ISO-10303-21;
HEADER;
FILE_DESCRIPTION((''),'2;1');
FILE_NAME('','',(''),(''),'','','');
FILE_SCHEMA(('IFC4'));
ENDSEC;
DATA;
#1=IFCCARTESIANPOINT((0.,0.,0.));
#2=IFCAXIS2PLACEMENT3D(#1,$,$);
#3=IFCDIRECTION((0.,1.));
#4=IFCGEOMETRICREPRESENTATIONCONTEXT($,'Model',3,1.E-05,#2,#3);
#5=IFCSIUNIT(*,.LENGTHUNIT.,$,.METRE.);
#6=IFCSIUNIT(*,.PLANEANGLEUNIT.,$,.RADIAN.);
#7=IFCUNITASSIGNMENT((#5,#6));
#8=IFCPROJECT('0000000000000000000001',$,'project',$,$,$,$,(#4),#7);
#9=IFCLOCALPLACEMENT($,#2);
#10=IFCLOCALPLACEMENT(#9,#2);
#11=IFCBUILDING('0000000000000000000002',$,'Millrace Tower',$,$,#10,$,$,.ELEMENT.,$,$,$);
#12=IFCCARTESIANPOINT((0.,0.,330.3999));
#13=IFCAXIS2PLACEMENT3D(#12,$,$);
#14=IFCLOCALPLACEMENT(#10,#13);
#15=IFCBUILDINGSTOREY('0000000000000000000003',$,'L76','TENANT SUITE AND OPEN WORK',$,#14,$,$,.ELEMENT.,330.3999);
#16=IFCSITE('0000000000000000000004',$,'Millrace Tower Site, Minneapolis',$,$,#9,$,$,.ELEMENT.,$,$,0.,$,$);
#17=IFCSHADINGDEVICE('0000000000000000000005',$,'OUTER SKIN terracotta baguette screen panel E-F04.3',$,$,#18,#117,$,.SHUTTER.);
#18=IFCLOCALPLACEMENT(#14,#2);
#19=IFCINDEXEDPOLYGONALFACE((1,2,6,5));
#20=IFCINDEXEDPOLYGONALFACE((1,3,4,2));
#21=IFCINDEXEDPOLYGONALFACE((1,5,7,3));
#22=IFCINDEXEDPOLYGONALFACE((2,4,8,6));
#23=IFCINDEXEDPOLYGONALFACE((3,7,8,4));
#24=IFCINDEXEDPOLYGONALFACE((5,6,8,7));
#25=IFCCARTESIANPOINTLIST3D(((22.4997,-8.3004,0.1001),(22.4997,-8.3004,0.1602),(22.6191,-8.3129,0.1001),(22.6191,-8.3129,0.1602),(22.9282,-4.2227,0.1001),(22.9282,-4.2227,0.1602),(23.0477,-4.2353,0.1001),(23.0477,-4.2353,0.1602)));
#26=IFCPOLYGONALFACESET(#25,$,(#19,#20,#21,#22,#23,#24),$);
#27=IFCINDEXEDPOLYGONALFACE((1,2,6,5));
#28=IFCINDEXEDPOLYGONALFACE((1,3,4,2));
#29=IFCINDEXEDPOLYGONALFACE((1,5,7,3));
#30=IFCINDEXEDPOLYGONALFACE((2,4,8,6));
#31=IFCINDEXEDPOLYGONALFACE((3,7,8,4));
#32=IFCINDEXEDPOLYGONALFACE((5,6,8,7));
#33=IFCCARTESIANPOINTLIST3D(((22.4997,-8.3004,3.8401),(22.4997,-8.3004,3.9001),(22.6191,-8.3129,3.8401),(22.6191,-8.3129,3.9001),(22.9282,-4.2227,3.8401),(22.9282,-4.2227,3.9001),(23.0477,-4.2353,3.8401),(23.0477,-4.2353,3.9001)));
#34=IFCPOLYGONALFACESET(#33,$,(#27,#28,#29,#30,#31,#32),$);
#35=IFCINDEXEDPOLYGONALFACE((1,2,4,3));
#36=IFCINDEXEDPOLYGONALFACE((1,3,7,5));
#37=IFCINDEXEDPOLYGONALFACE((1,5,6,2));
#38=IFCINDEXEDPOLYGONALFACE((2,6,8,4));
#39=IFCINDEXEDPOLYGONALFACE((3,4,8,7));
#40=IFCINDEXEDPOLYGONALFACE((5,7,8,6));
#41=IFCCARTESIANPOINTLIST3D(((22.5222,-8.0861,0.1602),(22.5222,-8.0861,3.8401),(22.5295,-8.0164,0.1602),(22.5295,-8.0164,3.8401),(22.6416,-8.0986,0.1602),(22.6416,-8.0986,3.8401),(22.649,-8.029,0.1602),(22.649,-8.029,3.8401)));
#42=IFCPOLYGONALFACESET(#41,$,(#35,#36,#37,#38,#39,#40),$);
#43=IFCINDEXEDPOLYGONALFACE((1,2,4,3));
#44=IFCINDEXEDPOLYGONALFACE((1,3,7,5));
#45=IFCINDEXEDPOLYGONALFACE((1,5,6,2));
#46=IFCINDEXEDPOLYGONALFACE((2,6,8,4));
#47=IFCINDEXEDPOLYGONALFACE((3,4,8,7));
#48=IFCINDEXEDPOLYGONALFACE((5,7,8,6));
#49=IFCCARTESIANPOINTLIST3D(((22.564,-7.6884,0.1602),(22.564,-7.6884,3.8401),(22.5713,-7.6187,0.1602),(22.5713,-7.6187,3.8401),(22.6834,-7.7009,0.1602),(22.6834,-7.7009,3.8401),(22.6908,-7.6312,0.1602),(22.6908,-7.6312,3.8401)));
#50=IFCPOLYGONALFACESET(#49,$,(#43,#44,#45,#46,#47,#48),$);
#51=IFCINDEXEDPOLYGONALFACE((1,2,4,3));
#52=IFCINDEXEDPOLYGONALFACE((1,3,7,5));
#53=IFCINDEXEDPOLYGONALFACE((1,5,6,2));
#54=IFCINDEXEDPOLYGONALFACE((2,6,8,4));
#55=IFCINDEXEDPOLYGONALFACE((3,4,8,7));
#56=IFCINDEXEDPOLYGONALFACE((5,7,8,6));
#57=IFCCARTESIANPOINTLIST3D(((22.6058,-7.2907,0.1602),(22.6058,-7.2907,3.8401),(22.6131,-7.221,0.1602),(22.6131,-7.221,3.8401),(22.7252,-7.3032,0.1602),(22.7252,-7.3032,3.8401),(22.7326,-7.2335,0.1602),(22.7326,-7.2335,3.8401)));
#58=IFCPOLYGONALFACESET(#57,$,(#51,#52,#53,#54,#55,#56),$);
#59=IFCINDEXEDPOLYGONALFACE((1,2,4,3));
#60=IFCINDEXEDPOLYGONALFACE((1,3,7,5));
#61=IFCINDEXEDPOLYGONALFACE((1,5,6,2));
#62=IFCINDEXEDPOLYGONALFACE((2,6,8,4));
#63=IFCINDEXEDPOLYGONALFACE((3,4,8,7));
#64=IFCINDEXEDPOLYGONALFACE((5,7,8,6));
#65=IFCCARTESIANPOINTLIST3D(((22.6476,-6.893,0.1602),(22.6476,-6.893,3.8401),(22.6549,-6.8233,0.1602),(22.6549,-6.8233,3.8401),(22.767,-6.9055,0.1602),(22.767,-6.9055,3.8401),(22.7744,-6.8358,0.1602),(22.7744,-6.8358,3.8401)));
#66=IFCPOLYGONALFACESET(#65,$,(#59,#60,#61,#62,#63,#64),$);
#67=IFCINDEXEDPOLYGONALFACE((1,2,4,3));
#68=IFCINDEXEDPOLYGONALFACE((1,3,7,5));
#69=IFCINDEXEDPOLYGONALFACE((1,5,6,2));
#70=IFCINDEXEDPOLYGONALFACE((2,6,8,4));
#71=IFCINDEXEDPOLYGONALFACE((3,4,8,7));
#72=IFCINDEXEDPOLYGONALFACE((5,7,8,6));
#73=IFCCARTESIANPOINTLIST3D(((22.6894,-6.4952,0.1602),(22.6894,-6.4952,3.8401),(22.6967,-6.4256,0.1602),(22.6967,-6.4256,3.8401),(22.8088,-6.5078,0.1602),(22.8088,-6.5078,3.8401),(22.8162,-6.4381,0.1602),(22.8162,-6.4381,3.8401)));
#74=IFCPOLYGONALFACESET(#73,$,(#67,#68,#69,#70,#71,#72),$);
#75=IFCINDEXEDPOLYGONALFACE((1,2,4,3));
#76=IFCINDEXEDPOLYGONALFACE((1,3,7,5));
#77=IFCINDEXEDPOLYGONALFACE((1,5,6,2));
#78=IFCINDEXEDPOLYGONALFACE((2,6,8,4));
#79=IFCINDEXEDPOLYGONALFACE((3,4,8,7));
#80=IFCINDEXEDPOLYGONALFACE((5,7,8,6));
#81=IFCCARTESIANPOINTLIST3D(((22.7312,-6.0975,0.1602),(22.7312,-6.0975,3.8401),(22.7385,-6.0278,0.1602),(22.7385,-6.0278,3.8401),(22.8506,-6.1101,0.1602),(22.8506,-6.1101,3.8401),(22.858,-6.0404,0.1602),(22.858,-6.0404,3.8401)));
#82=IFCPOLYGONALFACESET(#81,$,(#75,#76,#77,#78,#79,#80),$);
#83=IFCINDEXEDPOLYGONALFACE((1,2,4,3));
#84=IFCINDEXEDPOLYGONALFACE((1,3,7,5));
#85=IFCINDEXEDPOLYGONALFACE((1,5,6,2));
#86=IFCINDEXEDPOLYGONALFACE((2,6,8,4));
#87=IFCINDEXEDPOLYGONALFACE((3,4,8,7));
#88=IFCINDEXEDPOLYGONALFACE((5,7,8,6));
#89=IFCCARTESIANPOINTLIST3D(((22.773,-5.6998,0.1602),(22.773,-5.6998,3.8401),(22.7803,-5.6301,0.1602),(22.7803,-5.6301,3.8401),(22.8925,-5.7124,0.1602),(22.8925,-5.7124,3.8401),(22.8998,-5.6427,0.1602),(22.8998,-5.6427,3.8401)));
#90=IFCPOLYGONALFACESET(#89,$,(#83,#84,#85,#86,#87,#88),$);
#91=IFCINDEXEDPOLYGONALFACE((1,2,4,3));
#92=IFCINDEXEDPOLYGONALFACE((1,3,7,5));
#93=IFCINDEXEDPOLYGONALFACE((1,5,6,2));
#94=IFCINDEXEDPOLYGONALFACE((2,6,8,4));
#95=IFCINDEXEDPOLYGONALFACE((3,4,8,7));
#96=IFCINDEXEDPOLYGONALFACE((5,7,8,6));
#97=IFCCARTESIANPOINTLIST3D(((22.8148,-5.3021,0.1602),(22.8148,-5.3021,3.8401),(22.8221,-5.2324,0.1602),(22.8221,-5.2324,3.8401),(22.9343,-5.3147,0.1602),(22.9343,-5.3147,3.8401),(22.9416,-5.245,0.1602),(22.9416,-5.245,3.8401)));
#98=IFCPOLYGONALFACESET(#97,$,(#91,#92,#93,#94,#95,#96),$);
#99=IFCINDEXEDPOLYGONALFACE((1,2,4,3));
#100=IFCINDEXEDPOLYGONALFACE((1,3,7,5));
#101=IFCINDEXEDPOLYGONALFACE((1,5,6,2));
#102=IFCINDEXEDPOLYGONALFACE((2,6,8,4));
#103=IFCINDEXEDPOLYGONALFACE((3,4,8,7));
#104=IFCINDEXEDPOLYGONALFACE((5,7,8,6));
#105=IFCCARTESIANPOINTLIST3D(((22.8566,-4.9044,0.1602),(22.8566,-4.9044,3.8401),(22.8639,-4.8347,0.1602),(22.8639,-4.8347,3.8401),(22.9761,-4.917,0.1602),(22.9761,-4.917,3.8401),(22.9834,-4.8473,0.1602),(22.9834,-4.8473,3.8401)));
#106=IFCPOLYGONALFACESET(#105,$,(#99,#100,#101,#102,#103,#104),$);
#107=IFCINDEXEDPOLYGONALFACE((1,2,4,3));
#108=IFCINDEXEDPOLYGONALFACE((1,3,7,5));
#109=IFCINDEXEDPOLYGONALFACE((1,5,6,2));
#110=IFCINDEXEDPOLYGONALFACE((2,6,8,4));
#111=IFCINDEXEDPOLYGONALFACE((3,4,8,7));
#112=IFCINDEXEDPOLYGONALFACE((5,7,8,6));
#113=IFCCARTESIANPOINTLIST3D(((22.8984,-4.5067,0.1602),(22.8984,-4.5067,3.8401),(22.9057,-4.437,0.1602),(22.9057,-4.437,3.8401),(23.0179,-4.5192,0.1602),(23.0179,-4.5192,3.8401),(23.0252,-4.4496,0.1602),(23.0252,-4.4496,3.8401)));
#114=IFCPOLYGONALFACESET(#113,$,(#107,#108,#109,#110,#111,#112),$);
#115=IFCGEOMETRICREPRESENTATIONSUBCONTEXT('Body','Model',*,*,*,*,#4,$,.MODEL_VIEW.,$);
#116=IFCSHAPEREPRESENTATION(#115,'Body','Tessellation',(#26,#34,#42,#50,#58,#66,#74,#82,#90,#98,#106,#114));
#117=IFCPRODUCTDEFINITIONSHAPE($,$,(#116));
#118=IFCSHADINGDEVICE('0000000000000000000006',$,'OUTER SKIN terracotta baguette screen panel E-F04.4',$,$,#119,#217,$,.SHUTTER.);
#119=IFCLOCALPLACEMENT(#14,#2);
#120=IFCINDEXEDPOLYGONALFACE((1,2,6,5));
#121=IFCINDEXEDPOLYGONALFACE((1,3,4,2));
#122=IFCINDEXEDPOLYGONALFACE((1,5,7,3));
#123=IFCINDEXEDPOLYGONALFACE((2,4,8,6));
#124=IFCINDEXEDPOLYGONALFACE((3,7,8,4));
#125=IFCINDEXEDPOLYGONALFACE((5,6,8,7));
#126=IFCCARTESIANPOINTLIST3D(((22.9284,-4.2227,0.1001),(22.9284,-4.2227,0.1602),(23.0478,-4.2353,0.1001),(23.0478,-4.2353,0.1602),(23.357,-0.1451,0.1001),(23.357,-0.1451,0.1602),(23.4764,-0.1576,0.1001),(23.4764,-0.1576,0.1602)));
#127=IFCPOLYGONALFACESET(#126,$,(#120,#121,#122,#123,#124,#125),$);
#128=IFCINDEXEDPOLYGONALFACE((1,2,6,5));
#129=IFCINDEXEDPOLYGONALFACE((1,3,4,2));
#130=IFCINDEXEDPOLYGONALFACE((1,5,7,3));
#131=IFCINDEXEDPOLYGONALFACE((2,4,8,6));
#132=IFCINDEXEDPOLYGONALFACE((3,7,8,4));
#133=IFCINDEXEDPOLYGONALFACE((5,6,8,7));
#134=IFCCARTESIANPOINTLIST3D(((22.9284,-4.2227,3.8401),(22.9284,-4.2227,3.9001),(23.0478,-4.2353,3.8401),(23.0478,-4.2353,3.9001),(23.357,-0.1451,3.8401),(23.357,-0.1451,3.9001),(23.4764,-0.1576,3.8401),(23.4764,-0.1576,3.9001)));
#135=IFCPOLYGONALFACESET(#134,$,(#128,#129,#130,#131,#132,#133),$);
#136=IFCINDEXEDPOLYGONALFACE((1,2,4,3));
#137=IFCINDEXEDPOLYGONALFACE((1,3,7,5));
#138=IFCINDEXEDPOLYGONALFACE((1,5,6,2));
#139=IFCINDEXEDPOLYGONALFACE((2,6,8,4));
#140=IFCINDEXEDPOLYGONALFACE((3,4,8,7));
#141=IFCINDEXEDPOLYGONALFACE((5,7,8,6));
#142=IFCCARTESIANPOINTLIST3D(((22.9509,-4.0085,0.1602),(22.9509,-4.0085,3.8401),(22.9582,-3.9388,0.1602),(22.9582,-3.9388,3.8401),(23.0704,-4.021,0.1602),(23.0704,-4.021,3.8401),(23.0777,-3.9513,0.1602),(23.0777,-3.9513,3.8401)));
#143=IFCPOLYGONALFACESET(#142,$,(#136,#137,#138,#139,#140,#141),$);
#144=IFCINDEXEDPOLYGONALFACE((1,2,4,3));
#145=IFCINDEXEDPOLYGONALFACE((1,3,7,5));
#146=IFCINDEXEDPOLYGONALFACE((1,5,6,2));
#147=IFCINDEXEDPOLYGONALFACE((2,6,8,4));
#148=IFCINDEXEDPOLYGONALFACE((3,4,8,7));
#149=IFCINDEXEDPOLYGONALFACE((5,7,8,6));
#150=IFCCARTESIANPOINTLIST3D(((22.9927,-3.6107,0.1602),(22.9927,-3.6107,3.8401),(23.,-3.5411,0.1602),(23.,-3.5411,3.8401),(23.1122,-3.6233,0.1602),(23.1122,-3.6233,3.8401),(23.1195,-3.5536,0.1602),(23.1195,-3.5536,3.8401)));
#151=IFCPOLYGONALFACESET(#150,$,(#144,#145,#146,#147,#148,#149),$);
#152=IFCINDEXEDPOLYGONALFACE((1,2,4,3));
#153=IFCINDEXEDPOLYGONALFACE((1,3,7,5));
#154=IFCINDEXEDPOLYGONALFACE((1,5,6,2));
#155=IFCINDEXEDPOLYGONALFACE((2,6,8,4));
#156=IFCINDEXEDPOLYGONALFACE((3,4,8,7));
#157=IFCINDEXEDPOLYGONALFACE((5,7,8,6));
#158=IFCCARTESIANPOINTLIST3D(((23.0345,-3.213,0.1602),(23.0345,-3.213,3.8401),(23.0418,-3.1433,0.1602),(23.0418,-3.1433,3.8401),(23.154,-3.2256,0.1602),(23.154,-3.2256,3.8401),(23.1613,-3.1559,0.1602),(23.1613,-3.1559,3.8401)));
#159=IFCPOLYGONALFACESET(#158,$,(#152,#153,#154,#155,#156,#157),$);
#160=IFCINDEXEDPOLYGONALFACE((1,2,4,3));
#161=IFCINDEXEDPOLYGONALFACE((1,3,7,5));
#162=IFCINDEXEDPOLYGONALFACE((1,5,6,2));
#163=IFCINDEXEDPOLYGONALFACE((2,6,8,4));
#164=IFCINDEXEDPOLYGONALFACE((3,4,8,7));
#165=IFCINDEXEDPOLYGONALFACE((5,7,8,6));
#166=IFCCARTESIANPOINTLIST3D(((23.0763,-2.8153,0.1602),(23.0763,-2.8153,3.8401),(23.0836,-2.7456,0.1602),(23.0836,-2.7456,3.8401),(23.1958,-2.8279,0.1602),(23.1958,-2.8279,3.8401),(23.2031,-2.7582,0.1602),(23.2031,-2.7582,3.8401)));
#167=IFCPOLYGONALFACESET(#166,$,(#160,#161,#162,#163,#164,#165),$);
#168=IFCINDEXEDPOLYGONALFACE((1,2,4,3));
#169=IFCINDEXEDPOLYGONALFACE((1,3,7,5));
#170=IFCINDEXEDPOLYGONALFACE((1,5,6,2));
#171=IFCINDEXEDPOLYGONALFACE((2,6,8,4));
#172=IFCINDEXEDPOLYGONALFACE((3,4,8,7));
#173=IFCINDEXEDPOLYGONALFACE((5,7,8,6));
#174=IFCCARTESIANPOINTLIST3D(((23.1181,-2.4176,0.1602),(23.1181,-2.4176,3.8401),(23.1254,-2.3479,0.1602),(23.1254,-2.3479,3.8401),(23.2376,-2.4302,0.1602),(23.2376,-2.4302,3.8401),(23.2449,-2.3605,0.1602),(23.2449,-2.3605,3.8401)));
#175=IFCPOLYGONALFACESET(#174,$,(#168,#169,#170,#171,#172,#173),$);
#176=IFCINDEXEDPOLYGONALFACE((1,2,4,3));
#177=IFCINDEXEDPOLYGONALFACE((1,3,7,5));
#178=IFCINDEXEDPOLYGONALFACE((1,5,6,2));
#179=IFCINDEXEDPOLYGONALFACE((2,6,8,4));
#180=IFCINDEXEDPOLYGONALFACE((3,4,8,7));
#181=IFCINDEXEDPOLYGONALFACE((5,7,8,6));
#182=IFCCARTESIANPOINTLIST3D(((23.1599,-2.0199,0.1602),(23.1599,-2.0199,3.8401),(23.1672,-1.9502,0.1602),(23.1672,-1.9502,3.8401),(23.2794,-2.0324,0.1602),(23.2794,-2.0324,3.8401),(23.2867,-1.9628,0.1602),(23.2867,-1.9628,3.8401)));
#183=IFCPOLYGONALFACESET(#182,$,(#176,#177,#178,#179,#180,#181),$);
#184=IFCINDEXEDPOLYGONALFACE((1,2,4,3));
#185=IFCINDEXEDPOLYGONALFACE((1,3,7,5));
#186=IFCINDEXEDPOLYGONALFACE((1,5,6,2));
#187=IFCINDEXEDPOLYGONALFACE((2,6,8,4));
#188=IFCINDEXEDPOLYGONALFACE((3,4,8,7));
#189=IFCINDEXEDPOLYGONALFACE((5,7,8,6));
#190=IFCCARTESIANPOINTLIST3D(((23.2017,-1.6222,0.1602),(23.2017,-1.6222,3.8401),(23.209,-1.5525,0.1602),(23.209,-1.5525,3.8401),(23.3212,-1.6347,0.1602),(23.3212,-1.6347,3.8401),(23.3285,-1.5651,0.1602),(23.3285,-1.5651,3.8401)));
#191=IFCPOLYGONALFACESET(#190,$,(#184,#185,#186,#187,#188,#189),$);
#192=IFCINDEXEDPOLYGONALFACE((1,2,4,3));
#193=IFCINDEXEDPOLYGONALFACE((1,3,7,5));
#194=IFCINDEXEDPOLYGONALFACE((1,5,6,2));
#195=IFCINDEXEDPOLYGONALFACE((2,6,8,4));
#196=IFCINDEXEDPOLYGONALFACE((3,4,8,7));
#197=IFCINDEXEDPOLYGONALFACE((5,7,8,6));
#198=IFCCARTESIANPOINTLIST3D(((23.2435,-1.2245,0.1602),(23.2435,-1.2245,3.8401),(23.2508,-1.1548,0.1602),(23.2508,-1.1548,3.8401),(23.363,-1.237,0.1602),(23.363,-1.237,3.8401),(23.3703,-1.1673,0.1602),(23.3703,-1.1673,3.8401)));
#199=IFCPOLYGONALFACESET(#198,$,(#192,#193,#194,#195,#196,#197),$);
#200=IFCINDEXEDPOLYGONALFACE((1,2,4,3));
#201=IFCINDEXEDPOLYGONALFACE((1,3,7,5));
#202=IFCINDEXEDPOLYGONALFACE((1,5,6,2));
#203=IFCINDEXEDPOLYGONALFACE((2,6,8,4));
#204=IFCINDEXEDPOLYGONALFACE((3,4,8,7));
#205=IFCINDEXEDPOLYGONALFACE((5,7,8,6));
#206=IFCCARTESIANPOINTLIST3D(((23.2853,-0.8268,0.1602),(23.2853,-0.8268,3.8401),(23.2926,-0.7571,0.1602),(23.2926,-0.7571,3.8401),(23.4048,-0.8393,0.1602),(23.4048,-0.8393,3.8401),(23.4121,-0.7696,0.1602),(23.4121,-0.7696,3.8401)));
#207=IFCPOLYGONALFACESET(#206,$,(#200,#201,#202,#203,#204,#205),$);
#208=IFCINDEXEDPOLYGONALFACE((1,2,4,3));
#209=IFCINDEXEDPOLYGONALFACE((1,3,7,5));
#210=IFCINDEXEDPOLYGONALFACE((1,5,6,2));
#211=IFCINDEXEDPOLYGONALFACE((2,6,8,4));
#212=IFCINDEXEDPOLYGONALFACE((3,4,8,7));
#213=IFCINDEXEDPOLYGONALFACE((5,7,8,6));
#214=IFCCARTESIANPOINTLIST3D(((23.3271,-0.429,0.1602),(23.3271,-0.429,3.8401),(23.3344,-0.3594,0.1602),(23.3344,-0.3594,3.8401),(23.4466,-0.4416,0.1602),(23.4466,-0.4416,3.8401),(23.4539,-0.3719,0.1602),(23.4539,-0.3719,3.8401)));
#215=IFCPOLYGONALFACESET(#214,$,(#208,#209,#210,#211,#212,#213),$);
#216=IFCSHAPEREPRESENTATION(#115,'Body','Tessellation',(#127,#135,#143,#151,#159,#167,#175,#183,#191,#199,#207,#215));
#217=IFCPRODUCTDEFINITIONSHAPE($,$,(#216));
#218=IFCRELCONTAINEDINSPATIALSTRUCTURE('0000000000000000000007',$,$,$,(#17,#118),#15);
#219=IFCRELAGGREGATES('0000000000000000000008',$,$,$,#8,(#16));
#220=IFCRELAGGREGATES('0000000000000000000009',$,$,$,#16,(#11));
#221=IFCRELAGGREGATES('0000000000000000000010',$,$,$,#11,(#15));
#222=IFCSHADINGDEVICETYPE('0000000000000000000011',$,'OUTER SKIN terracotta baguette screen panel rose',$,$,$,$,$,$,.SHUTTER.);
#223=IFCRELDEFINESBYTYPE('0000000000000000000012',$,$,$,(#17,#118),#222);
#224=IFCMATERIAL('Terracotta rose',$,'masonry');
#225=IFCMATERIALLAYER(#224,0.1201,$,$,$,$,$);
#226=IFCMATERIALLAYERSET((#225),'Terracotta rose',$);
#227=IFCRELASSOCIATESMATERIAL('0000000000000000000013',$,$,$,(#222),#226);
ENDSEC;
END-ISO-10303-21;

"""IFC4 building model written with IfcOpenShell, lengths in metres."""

from ifc_helpers import new_model, entity, si_unit, direction, frame, frame_2d, origin, place, context, subcontext, project, spatial, rectangle, extrude, source, transform, mapped, material, layer, layer_set, type_object, element, save


model = new_model("IFC4")

# Units and contexts
model_context = context("Model", 3, precision=1e-05, world=origin(), true_north=direction((0.0, 1.0)))
body_context = subcontext(model_context, "Body", "Model", "MODEL_VIEW")
ifc_project = project(units=[si_unit("LENGTHUNIT", "METRE"), si_unit("PLANEANGLEUNIT", "RADIAN")], contexts=[model_context])

# Site, building, storey
site_placement = place(None, origin())
site = spatial("IfcSite", under=ifc_project, at=site_placement, Name="Millrace Tower Site, Minneapolis", CompositionType="ELEMENT", RefElevation=0.0)
building_placement = place(site_placement, origin())
building = spatial("IfcBuilding", under=site, at=building_placement, Name="Millrace Tower", CompositionType="ELEMENT")
storey_placement = place(building_placement, frame((0.0, 0.0, 330.3999)))
storey = spatial("IfcBuildingStorey", under=building, at=storey_placement, Name="L76", Description="TENANT SUITE AND OPEN WORK", CompositionType="ELEMENT", Elevation=330.3999)

# Shading devices
ifc_material_1 = material(Name="Terracotta rose", Category="masonry")
ifc_layer_1 = layer(ifc_material_1, 0.1201)
ifc_layer_set_1 = layer_set([ifc_layer_1], Name="Terracotta rose")
shading_device_type = type_object("IfcShadingDeviceType", Name="OUTER SKIN terracotta baguette screen panel rose", PredefinedType="SHUTTER", material=ifc_layer_set_1)
cartesian_point = entity("IfcCartesianPoint", [-2.05, 0.0601])
shared_polyline = entity("IfcPolyline", [cartesian_point, entity("IfcCartesianPoint", [2.05, 0.0601]), entity("IfcCartesianPoint", [2.05, -0.0601]), entity("IfcCartesianPoint", [-2.05, -0.0601]), cartesian_point])
shared_shape = source(origin(), body_context, "Body", "SweptSolid", [
    entity("IfcExtrudedAreaSolid", entity("IfcArbitraryClosedProfileDef", "AREA", None, shared_polyline), entity("IfcAxis2Placement3D", entity("IfcCartesianPoint", [0.0, 0.0, 0.0])), entity("IfcDirection", [0.0, 0.0, 1.0]), 0.0601),
    entity("IfcExtrudedAreaSolid", entity("IfcArbitraryClosedProfileDef", "AREA", None, shared_polyline), entity("IfcAxis2Placement3D", entity("IfcCartesianPoint", [0.0, 0.0, 3.74])), entity("IfcDirection", [0.0, 0.0, 1.0]), 0.0601),
    extrude(rectangle(XDim=0.0701, YDim=0.1201, at=frame_2d((-1.7996, 0.0))), frame((0.0, 0.0, 0.0601)), (0.0, 0.0, 1.0), 3.6799),
    extrude(rectangle(XDim=0.0701, YDim=0.1201, at=frame_2d((-1.3997, 0.0))), frame((0.0, 0.0, 0.0601)), (0.0, 0.0, 1.0), 3.6799),
    extrude(rectangle(XDim=0.0701, YDim=0.1201, at=frame_2d((-0.9998, 0.0))), frame((0.0, 0.0, 0.0601)), (0.0, 0.0, 1.0), 3.6799),
    extrude(rectangle(XDim=0.0701, YDim=0.1201, at=frame_2d((-0.5999, 0.0))), frame((0.0, 0.0, 0.0601)), (0.0, 0.0, 1.0), 3.6799),
    extrude(rectangle(XDim=0.0701, YDim=0.1201, at=frame_2d((-0.2, 0.0))), frame((0.0, 0.0, 0.0601)), (0.0, 0.0, 1.0), 3.6799),
    extrude(rectangle(XDim=0.0701, YDim=0.1201, at=frame_2d((0.2, 0.0))), frame((0.0, 0.0, 0.0601)), (0.0, 0.0, 1.0), 3.6799),
    extrude(rectangle(XDim=0.0701, YDim=0.1201, at=frame_2d((0.5999, 0.0))), frame((0.0, 0.0, 0.0601)), (0.0, 0.0, 1.0), 3.6799),
    extrude(rectangle(XDim=0.0701, YDim=0.1201, at=frame_2d((0.9998, 0.0))), frame((0.0, 0.0, 0.0601)), (0.0, 0.0, 1.0), 3.6799),
    extrude(rectangle(XDim=0.0701, YDim=0.1201, at=frame_2d((1.3997, 0.0))), frame((0.0, 0.0, 0.0601)), (0.0, 0.0, 1.0), 3.6799),
    extrude(rectangle(XDim=0.0701, YDim=0.1201, at=frame_2d((1.7996, 0.0))), frame((0.0, 0.0, 0.0601)), (0.0, 0.0, 1.0), 3.6799),
])
for number, where, z_axis, x_axis, name in (
    (1, (22.7737, -6.2678, 0.1001), (0.0, 0.0, 1.0), (0.104528, 0.994522, 0.0), "OUTER SKIN terracotta baguette screen panel E-F04.3"),
    (2, (23.2024, -2.1902, 0.1001), (0.0, 0.0, 1.0), (0.104528, 0.994522, 0.0), "OUTER SKIN terracotta baguette screen panel E-F04.4"),
):
    element("IfcShadingDevice", number, at=place(storey_placement, frame(where, z_axis=z_axis, x_axis=x_axis)), inside=storey, type_object=shading_device_type, Name=name, PredefinedType="SHUTTER", context=body_context, shape_type="MappedRepresentation", body=[
        mapped(shared_shape, transform((0.0, 0.0, 0.0), scale=1.0)),
    ])

save(model, "model.ifc")
